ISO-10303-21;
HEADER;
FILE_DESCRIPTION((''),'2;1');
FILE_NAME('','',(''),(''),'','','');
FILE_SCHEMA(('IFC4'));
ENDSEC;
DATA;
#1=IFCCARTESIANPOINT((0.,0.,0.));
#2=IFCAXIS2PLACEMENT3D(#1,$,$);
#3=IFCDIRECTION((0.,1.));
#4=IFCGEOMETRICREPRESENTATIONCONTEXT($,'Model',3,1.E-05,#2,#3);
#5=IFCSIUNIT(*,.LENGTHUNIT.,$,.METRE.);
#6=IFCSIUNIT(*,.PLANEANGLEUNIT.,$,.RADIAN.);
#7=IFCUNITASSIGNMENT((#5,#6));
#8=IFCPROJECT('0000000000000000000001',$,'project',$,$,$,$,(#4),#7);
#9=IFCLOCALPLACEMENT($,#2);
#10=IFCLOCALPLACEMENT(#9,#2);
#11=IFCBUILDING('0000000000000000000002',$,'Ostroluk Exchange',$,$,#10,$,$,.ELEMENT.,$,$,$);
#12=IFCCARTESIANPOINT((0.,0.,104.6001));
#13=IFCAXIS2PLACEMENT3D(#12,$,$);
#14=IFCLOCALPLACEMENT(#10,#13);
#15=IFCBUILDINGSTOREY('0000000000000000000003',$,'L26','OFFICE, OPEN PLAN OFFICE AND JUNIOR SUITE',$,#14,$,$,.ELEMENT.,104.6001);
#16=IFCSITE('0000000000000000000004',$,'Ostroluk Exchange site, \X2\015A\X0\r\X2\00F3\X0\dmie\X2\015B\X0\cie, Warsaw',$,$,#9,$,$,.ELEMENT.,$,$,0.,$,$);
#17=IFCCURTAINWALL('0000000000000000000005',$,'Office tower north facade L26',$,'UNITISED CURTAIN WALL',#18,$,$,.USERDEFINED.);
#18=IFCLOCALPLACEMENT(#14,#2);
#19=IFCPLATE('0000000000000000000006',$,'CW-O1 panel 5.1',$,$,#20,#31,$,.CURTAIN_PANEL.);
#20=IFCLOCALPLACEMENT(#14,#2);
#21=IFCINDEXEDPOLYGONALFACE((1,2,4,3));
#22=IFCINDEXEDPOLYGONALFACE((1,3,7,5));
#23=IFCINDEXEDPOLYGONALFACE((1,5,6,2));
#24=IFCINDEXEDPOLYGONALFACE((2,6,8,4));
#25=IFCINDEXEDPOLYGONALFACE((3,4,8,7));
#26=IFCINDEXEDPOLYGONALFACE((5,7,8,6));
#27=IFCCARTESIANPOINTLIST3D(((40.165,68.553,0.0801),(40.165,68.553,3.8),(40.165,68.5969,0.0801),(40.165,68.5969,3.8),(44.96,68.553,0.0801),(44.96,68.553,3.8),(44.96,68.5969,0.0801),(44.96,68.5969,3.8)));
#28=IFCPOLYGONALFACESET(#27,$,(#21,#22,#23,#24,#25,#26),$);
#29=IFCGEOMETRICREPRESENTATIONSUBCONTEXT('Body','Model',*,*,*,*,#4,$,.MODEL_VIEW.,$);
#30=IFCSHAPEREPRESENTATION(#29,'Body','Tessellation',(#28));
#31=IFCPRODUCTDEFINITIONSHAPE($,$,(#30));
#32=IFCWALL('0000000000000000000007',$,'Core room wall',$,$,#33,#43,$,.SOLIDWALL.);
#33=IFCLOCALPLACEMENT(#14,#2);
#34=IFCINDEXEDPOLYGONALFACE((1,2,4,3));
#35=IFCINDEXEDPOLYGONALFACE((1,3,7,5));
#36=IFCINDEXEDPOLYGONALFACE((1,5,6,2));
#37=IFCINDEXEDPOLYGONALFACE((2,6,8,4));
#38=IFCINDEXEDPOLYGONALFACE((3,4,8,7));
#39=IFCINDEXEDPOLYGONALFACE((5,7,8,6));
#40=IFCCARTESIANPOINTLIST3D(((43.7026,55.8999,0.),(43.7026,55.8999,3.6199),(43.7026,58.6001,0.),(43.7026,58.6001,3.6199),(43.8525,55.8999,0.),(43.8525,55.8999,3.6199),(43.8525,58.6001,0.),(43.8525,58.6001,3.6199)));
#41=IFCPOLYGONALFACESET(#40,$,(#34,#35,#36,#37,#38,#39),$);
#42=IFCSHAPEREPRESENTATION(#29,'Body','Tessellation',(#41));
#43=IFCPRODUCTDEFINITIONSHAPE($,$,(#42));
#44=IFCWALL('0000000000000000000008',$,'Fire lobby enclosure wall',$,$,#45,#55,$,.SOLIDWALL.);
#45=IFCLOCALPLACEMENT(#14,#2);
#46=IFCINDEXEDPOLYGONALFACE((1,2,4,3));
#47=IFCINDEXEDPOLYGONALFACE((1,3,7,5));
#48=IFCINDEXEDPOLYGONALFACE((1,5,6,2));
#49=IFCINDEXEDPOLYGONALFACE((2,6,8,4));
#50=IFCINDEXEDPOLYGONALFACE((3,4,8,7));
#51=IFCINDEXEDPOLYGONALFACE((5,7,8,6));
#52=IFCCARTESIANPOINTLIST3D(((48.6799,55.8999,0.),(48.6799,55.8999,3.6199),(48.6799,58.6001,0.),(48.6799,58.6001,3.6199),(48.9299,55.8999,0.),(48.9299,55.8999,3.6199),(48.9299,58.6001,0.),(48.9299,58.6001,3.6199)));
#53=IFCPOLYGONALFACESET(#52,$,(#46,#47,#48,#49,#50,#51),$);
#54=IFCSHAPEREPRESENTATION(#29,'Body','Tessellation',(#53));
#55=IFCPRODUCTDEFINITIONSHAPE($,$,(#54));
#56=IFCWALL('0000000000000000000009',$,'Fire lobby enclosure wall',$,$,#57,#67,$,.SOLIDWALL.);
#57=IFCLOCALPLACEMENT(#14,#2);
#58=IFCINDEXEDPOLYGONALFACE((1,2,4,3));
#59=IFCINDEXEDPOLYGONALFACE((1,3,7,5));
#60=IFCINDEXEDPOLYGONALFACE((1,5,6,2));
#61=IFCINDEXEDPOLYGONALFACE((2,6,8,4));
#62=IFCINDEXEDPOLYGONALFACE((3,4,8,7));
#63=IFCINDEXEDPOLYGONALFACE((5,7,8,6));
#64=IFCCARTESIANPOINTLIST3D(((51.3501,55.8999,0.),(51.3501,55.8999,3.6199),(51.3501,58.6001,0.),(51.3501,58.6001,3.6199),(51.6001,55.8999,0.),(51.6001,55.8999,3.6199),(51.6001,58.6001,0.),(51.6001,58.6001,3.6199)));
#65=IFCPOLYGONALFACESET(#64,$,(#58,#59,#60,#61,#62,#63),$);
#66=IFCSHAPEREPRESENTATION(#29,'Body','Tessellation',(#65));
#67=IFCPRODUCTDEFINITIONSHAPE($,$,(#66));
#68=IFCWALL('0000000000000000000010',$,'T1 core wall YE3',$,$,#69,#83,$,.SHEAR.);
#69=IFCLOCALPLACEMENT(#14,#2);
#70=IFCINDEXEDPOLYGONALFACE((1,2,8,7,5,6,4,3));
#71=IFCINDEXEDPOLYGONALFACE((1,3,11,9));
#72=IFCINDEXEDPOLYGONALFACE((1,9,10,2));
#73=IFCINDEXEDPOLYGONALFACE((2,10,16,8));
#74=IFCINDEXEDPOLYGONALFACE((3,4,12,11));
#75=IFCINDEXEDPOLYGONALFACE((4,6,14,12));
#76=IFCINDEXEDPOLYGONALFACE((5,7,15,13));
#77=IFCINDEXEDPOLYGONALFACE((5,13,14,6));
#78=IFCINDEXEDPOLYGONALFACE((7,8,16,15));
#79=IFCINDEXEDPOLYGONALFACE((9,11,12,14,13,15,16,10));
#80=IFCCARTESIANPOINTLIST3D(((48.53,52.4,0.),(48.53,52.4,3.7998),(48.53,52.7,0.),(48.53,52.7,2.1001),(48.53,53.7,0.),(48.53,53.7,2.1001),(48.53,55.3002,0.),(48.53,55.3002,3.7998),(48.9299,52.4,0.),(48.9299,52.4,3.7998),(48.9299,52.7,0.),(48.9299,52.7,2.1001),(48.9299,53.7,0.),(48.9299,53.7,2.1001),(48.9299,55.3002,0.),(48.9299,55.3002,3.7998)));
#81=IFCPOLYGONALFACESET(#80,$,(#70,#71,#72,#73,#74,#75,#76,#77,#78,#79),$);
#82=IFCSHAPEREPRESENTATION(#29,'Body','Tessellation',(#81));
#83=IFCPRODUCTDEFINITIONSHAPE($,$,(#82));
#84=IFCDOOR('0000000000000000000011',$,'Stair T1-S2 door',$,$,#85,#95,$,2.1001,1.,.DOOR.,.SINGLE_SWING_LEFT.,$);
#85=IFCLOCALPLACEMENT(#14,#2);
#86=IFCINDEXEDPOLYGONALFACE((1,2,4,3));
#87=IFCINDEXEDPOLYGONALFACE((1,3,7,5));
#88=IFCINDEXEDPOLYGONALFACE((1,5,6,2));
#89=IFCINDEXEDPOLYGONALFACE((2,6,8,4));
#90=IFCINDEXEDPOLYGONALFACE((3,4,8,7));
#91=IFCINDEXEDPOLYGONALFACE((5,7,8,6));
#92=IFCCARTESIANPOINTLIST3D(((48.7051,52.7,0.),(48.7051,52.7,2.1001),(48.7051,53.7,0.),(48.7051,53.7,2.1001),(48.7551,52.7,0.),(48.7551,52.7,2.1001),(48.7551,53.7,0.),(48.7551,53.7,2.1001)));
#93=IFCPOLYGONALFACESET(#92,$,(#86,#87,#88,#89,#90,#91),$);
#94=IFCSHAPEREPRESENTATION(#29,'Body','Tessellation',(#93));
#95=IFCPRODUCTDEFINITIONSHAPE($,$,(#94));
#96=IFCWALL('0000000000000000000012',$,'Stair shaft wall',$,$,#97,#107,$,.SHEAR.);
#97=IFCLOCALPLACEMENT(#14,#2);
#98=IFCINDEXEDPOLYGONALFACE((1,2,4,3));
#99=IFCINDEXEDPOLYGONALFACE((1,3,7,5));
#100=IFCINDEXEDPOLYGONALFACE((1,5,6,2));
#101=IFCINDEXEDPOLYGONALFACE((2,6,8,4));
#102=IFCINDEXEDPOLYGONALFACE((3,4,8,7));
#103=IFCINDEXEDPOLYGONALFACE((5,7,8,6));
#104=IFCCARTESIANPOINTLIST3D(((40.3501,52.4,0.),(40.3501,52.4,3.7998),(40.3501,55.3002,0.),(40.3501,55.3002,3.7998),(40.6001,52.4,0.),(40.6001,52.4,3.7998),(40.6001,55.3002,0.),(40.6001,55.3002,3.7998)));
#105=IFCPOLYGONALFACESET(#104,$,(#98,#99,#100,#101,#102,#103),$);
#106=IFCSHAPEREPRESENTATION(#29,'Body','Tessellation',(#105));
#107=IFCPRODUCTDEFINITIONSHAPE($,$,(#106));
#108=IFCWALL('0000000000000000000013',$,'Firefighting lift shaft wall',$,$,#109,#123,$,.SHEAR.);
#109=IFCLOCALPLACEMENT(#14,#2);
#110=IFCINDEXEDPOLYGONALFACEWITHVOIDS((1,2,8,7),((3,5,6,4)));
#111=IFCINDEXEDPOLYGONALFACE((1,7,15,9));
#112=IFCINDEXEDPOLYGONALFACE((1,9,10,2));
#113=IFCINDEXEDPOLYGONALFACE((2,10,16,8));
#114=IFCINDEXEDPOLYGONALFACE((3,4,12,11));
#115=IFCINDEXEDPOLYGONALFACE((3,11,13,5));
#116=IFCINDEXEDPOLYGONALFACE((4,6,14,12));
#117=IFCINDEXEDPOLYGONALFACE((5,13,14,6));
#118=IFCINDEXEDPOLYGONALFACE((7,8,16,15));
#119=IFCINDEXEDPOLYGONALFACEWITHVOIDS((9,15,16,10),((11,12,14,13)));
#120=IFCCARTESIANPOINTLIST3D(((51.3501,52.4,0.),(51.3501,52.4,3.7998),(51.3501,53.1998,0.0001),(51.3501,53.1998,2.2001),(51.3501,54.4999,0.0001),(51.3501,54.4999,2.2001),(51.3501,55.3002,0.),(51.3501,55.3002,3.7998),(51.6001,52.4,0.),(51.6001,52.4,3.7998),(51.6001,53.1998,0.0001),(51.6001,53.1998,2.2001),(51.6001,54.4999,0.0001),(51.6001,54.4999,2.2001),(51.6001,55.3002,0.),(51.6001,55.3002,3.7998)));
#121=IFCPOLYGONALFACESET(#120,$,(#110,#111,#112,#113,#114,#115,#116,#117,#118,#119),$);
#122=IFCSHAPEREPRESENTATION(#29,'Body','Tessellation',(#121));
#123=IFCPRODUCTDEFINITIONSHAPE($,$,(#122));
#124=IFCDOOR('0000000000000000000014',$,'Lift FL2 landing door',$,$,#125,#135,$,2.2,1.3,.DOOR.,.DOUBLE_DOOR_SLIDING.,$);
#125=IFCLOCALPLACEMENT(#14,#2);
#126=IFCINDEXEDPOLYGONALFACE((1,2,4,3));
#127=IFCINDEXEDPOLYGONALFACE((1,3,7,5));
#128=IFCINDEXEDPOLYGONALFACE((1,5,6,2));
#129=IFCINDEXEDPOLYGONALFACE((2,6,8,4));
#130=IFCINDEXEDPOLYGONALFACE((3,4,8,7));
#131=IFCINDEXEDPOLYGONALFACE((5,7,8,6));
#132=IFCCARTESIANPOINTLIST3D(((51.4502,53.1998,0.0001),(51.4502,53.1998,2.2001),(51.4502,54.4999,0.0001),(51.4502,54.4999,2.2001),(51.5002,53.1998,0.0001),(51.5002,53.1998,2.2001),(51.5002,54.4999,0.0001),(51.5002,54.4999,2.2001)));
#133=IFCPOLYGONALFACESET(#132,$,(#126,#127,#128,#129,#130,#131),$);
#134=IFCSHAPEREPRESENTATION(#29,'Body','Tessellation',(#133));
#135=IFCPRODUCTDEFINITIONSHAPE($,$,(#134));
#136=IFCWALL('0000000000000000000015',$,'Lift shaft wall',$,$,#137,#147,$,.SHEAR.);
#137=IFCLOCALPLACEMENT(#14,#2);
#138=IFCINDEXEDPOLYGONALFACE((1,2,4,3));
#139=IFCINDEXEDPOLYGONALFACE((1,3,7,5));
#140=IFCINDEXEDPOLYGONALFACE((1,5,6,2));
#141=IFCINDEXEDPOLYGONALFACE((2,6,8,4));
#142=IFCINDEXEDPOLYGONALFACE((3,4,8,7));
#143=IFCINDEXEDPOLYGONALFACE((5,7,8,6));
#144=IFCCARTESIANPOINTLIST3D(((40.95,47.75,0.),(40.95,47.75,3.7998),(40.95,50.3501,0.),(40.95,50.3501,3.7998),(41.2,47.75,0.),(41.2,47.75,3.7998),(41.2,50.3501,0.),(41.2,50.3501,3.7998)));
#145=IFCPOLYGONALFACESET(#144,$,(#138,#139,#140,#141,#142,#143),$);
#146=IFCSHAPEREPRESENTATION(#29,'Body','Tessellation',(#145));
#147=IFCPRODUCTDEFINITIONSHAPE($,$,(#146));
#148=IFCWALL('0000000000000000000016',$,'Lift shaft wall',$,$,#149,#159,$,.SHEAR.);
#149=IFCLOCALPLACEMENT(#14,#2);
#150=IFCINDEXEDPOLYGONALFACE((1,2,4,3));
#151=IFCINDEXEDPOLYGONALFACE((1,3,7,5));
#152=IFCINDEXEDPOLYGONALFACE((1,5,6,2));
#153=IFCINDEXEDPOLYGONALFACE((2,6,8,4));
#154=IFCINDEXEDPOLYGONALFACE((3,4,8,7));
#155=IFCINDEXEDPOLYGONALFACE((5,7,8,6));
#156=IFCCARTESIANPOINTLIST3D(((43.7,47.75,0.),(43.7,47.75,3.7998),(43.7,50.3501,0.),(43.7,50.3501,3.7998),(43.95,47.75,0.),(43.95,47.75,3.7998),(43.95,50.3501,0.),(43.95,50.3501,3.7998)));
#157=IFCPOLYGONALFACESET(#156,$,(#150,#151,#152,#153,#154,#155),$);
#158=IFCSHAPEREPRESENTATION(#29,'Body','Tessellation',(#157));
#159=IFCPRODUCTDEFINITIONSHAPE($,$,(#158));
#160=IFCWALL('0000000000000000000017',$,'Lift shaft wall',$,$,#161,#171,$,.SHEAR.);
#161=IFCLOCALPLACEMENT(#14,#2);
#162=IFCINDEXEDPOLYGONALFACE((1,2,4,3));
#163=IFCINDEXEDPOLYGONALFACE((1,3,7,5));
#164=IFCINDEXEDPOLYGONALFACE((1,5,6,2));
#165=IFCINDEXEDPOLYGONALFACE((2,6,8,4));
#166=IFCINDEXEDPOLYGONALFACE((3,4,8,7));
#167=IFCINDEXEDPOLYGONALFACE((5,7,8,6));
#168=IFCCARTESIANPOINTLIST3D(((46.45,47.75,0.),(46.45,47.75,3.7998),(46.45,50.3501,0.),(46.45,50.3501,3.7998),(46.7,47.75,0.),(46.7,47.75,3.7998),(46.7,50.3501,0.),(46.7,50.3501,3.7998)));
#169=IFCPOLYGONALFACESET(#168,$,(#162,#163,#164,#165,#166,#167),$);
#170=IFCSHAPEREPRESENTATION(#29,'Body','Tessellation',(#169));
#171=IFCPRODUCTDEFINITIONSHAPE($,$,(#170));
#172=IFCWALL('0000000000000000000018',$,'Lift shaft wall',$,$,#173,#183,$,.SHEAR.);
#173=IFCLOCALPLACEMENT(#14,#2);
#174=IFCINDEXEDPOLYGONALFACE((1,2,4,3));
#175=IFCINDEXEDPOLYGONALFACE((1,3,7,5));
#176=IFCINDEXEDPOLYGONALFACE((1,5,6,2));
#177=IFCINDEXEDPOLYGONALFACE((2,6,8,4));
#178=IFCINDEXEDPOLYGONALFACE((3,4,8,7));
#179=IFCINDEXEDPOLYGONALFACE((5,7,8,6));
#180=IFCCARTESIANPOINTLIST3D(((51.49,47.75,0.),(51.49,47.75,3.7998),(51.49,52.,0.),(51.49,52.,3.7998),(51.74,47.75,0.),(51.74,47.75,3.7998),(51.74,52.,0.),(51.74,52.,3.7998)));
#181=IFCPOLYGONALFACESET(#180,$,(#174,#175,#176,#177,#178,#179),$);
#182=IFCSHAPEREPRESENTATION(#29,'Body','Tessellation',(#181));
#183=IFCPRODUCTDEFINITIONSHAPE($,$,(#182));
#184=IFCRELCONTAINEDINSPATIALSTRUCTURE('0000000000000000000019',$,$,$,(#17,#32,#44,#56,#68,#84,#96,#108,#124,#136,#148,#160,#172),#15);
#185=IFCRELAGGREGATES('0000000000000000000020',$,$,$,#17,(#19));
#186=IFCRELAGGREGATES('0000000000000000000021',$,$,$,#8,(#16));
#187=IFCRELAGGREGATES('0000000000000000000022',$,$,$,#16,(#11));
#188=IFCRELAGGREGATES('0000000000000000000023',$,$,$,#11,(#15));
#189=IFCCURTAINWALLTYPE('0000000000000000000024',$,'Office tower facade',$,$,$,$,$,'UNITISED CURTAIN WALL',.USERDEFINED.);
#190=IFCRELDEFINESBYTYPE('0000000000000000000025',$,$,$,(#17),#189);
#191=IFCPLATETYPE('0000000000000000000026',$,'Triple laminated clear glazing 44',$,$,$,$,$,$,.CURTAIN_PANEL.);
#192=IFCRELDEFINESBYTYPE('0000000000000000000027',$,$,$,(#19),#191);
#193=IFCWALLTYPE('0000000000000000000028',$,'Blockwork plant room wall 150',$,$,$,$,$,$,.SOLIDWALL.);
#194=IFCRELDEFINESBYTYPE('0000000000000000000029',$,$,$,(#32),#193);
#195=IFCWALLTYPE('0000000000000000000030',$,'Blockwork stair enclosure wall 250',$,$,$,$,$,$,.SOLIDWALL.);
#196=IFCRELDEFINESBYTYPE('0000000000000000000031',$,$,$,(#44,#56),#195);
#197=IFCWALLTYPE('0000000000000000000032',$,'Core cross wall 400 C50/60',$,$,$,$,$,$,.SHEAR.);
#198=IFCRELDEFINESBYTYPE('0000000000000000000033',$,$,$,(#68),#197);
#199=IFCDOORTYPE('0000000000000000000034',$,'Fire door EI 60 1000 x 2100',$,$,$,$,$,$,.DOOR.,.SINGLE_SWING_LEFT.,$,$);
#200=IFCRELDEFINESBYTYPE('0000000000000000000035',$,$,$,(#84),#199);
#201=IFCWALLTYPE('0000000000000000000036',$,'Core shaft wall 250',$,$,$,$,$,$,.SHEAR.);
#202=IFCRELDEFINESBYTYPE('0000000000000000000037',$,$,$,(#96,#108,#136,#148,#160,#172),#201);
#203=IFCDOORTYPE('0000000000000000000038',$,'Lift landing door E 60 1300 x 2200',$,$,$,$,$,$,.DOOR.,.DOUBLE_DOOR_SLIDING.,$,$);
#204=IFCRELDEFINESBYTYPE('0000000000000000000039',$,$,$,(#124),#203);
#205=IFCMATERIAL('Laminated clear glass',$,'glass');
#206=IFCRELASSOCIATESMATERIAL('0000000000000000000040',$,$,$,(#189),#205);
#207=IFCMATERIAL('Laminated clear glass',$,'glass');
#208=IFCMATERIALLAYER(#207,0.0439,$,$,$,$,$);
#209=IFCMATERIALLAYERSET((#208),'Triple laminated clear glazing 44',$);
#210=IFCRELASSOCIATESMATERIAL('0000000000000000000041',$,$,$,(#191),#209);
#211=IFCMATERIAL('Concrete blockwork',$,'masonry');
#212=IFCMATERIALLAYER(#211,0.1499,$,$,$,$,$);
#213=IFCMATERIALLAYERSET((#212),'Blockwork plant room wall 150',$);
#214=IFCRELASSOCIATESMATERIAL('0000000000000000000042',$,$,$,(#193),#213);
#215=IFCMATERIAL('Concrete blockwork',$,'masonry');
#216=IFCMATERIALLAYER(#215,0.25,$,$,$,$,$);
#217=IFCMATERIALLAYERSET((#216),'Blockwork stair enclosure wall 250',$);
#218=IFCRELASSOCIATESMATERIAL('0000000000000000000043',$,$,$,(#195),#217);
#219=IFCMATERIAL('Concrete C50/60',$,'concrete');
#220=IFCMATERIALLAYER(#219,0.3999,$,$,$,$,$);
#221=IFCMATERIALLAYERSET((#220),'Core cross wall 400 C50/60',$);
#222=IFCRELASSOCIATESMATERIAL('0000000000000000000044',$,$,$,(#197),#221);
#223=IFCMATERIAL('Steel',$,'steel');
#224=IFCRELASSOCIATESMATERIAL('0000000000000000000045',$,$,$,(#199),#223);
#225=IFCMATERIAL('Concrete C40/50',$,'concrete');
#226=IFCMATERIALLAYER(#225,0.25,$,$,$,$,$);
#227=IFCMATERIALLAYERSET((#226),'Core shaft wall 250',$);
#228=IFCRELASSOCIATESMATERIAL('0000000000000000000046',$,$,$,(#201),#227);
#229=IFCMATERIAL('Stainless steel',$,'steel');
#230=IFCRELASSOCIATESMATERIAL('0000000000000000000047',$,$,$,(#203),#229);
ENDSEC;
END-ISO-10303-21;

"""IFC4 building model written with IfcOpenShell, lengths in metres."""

from ifc_helpers import new_model, si_unit, direction, frame, frame_2d, origin, origin_2d, place, context, subcontext, project, spatial, rectangle, extrude, material, layer, layer_set, type_object, element, fill, aggregate, save


model = new_model("IFC4")

# Units and contexts
model_context = context("Model", 3, precision=1e-05, world=origin(), true_north=direction((0.0, 1.0)))
body_context = subcontext(model_context, "Body", "Model", "MODEL_VIEW")
ifc_project = project(units=[si_unit("LENGTHUNIT", "METRE"), si_unit("PLANEANGLEUNIT", "RADIAN")], contexts=[model_context])

# Site, building, storey
site_placement = place(None, origin())
site = spatial("IfcSite", under=ifc_project, at=site_placement, Name="Ostroluk Exchange site, Śródmieście, Warsaw", CompositionType="ELEMENT", RefElevation=0.0)
building_placement = place(site_placement, origin())
building = spatial("IfcBuilding", under=site, at=building_placement, Name="Ostroluk Exchange", CompositionType="ELEMENT")
storey_placement = place(building_placement, frame((0.0, 0.0, 104.6001)))
storey = spatial("IfcBuildingStorey", under=building, at=storey_placement, Name="L26", Description="OFFICE, OPEN PLAN OFFICE AND JUNIOR SUITE", CompositionType="ELEMENT", Elevation=104.6001)

# Curtain wall, plate
ifc_material_1 = material(Name="Laminated clear glass", Category="glass")
curtain_wall_type = type_object("IfcCurtainWallType", Name="Office tower facade", ElementType="UNITISED CURTAIN WALL", PredefinedType="USERDEFINED", material=ifc_material_1)
curtain_wall_placement = place(storey_placement, origin())
curtain_wall = element("IfcCurtainWall", 1, at=curtain_wall_placement, inside=storey, type_object=curtain_wall_type, Name="Office tower north facade L26", ObjectType="UNITISED CURTAIN WALL", PredefinedType="USERDEFINED")
ifc_material_2 = material(Name="Laminated clear glass", Category="glass")
ifc_layer_1 = layer(ifc_material_2, 0.0439)
ifc_layer_set_1 = layer_set([ifc_layer_1], Name="Triple laminated clear glazing 44")
plate_type = type_object("IfcPlateType", Name="Triple laminated clear glazing 44", PredefinedType="CURTAIN_PANEL", material=ifc_layer_set_1)
plate_1_placement = place(storey_placement, frame((42.5625, 68.575, 0.0801), z_axis=(0.0, 0.0, 1.0), x_axis=(-1.0, 0.0, 0.0)))
plate_1 = element("IfcPlate", 2, at=plate_1_placement, type_object=plate_type, Name="CW-O1 panel 5.1", PredefinedType="CURTAIN_PANEL", context=body_context, shape_type="SweptSolid", body=[
    extrude(rectangle(XDim=4.7949, YDim=0.0439, at=origin_2d()), origin(), (0.0, 0.0, 1.0), 3.72),
])
aggregate(curtain_wall, [plate_1])

# Walls
ifc_material_3 = material(Name="Concrete blockwork", Category="masonry")
ifc_layer_2 = layer(ifc_material_3, 0.1499)
ifc_layer_set_2 = layer_set([ifc_layer_2], Name="Blockwork plant room wall 150")
wall_type_1 = type_object("IfcWallType", Name="Blockwork plant room wall 150", PredefinedType="SOLIDWALL", material=ifc_layer_set_2)
wall_1_placement = place(storey_placement, frame((43.7776, 55.8999, 0.0), z_axis=(0.0, 0.0, 1.0), x_axis=(0.0, 1.0, 0.0)))
element("IfcWall", 3, at=wall_1_placement, inside=storey, type_object=wall_type_1, Name="Core room wall", PredefinedType="SOLIDWALL", context=body_context, shape_type="SweptSolid", body=[
    extrude(rectangle(XDim=2.7002, YDim=0.1499, at=frame_2d((1.3501, 0.0))), origin(), (0.0, 0.0, 1.0), 3.6199),
])
ifc_material_4 = material(Name="Concrete blockwork", Category="masonry")
ifc_layer_3 = layer(ifc_material_4, 0.25)
ifc_layer_set_3 = layer_set([ifc_layer_3], Name="Blockwork stair enclosure wall 250")
wall_type_2 = type_object("IfcWallType", Name="Blockwork stair enclosure wall 250", PredefinedType="SOLIDWALL", material=ifc_layer_set_3)
for number, where, z_axis, x_axis, name in (
    (4, (48.8049, 55.8999, 0.0), (0.0, 0.0, 1.0), (0.0, 1.0, 0.0), "Fire lobby enclosure wall"),
    (5, (51.4751, 55.8999, 0.0), (0.0, 0.0, 1.0), (0.0, 1.0, 0.0), "Fire lobby enclosure wall"),
):
    element("IfcWall", number, at=place(storey_placement, frame(where, z_axis=z_axis, x_axis=x_axis)), inside=storey, type_object=wall_type_2, Name=name, PredefinedType="SOLIDWALL", context=body_context, shape_type="SweptSolid", body=[
        extrude(rectangle(XDim=2.7002, YDim=0.25, at=frame_2d((1.3501, 0.0))), origin(), (0.0, 0.0, 1.0), 3.6199),
    ])

# Wall, opening, door
ifc_material_5 = material(Name="Concrete C50/60", Category="concrete")
ifc_layer_4 = layer(ifc_material_5, 0.3999)
ifc_layer_set_4 = layer_set([ifc_layer_4], Name="Core cross wall 400 C50/60")
wall_type_3 = type_object("IfcWallType", Name="Core cross wall 400 C50/60", PredefinedType="SHEAR", material=ifc_layer_set_4)
wall_2_placement = place(storey_placement, frame((48.73, 52.3999, 0.0), z_axis=(0.0, 0.0, 1.0), x_axis=(0.0, 1.0, 0.0)))
wall_2 = element("IfcWall", 6, at=wall_2_placement, inside=storey, type_object=wall_type_3, Name="T1 core wall YE3", PredefinedType="SHEAR", context=body_context, shape_type="SweptSolid", body=[
    extrude(rectangle(XDim=2.9001, YDim=0.3999, at=frame_2d((1.4502, 0.0))), origin(), (0.0, 0.0, 1.0), 3.7998),
])
opening_1_placement = place(wall_2_placement, frame((0.3, 0.0, 0.0)))
opening_1 = element("IfcOpeningElement", 7, at=opening_1_placement, cuts=wall_2, PredefinedType="OPENING", context=body_context, shape_type="SweptSolid", body=[
    extrude(rectangle(XDim=1.0, YDim=2.1001, at=frame_2d((0.5, 1.05))), frame((0.0, 0.21, 0.0), z_axis=(0.0, -1.0, 0.0), x_axis=(1.0, 0.0, 0.0)), (0.0, 0.0, 1.0), 0.4199),
])
ifc_material_6 = material(Name="Steel", Category="steel")
door_type_1 = type_object("IfcDoorType", Name="Fire door EI 60 1000 x 2100", OperationType="SINGLE_SWING_LEFT", PredefinedType="DOOR", material=ifc_material_6)
door_1_placement = place(opening_1_placement, origin())
door_1 = element("IfcDoor", 8, at=door_1_placement, inside=storey, type_object=door_type_1, Name="Stair T1-S2 door", OperationType="SINGLE_SWING_LEFT", OverallHeight=2.1001, OverallWidth=1.0, PredefinedType="DOOR", context=body_context, shape_type="SweptSolid", body=[
    extrude(rectangle(XDim=1.0, YDim=2.1001, at=frame_2d((0.5, 1.05))), frame((0.0, 0.0249, 0.0), z_axis=(0.0, -1.0, 0.0), x_axis=(1.0, 0.0, 0.0)), (0.0, 0.0, 1.0), 0.05),
])
fill(opening_1, door_1)

# Wall
ifc_material_7 = material(Name="Concrete C40/50", Category="concrete")
ifc_layer_5 = layer(ifc_material_7, 0.25)
ifc_layer_set_5 = layer_set([ifc_layer_5], Name="Core shaft wall 250")
wall_type_4 = type_object("IfcWallType", Name="Core shaft wall 250", PredefinedType="SHEAR", material=ifc_layer_set_5)
wall_3_placement = place(storey_placement, frame((40.4751, 52.3999, 0.0), z_axis=(0.0, 0.0, 1.0), x_axis=(0.0, 1.0, 0.0)))
element("IfcWall", 9, at=wall_3_placement, inside=storey, type_object=wall_type_4, Name="Stair shaft wall", PredefinedType="SHEAR", context=body_context, shape_type="SweptSolid", body=[
    extrude(rectangle(XDim=2.9001, YDim=0.25, at=frame_2d((1.4502, 0.0))), origin(), (0.0, 0.0, 1.0), 3.7998),
])

# Wall, opening, door
wall_4_placement = place(storey_placement, frame((51.4751, 52.3999, 0.0), z_axis=(0.0, 0.0, 1.0), x_axis=(0.0, 1.0, 0.0)))
wall_4 = element("IfcWall", 10, at=wall_4_placement, inside=storey, type_object=wall_type_4, Name="Firefighting lift shaft wall", PredefinedType="SHEAR", context=body_context, shape_type="SweptSolid", body=[
    extrude(rectangle(XDim=2.9001, YDim=0.25, at=frame_2d((1.4502, 0.0))), origin(), (0.0, 0.0, 1.0), 3.7998),
])
opening_2_placement = place(wall_4_placement, frame((0.8, 0.0, 0.0)))
opening_2 = element("IfcOpeningElement", 11, at=opening_2_placement, cuts=wall_4, PredefinedType="OPENING", context=body_context, shape_type="SweptSolid", body=[
    extrude(rectangle(XDim=1.3, YDim=2.2, at=frame_2d((0.6499, 1.1001))), frame((0.0, 0.135, 0.0), z_axis=(0.0, -1.0, 0.0), x_axis=(1.0, 0.0, 0.0)), (0.0, 0.0, 1.0), 0.27),
])
ifc_material_8 = material(Name="Stainless steel", Category="steel")
door_type_2 = type_object("IfcDoorType", Name="Lift landing door E 60 1300 x 2200", OperationType="DOUBLE_DOOR_SLIDING", PredefinedType="DOOR", material=ifc_material_8)
door_2_placement = place(opening_2_placement, origin())
door_2 = element("IfcDoor", 12, at=door_2_placement, inside=storey, type_object=door_type_2, Name="Lift FL2 landing door", OperationType="DOUBLE_DOOR_SLIDING", OverallHeight=2.2, OverallWidth=1.3, PredefinedType="DOOR", context=body_context, shape_type="SweptSolid", body=[
    extrude(rectangle(XDim=1.3, YDim=2.2, at=frame_2d((0.6499, 1.1001))), frame((0.0, 0.0249, 0.0), z_axis=(0.0, -1.0, 0.0), x_axis=(1.0, 0.0, 0.0)), (0.0, 0.0, 1.0), 0.05),
])
fill(opening_2, door_2)

# Walls
for number, where, z_axis, x_axis, name in (
    (13, (41.075, 47.75, 0.0), (0.0, 0.0, 1.0), (0.0, 1.0, 0.0), "Lift shaft wall"),
    (14, (43.825, 47.75, 0.0), (0.0, 0.0, 1.0), (0.0, 1.0, 0.0), "Lift shaft wall"),
    (15, (46.575, 47.75, 0.0), (0.0, 0.0, 1.0), (0.0, 1.0, 0.0), "Lift shaft wall"),
):
    element("IfcWall", number, at=place(storey_placement, frame(where, z_axis=z_axis, x_axis=x_axis)), inside=storey, type_object=wall_type_4, Name=name, PredefinedType="SHEAR", context=body_context, shape_type="SweptSolid", body=[
        extrude(rectangle(XDim=2.6001, YDim=0.25, at=frame_2d((1.3, 0.0))), origin(), (0.0, 0.0, 1.0), 3.7998),
    ])
wall_5_placement = place(storey_placement, frame((51.615, 47.75, 0.0), z_axis=(0.0, 0.0, 1.0), x_axis=(0.0, 1.0, 0.0)))
element("IfcWall", 16, at=wall_5_placement, inside=storey, type_object=wall_type_4, Name="Lift shaft wall", PredefinedType="SHEAR", context=body_context, shape_type="SweptSolid", body=[
    extrude(rectangle(XDim=4.25, YDim=0.25, at=frame_2d((2.125, 0.0))), origin(), (0.0, 0.0, 1.0), 3.7998),
])

save(model, "model.ifc")
